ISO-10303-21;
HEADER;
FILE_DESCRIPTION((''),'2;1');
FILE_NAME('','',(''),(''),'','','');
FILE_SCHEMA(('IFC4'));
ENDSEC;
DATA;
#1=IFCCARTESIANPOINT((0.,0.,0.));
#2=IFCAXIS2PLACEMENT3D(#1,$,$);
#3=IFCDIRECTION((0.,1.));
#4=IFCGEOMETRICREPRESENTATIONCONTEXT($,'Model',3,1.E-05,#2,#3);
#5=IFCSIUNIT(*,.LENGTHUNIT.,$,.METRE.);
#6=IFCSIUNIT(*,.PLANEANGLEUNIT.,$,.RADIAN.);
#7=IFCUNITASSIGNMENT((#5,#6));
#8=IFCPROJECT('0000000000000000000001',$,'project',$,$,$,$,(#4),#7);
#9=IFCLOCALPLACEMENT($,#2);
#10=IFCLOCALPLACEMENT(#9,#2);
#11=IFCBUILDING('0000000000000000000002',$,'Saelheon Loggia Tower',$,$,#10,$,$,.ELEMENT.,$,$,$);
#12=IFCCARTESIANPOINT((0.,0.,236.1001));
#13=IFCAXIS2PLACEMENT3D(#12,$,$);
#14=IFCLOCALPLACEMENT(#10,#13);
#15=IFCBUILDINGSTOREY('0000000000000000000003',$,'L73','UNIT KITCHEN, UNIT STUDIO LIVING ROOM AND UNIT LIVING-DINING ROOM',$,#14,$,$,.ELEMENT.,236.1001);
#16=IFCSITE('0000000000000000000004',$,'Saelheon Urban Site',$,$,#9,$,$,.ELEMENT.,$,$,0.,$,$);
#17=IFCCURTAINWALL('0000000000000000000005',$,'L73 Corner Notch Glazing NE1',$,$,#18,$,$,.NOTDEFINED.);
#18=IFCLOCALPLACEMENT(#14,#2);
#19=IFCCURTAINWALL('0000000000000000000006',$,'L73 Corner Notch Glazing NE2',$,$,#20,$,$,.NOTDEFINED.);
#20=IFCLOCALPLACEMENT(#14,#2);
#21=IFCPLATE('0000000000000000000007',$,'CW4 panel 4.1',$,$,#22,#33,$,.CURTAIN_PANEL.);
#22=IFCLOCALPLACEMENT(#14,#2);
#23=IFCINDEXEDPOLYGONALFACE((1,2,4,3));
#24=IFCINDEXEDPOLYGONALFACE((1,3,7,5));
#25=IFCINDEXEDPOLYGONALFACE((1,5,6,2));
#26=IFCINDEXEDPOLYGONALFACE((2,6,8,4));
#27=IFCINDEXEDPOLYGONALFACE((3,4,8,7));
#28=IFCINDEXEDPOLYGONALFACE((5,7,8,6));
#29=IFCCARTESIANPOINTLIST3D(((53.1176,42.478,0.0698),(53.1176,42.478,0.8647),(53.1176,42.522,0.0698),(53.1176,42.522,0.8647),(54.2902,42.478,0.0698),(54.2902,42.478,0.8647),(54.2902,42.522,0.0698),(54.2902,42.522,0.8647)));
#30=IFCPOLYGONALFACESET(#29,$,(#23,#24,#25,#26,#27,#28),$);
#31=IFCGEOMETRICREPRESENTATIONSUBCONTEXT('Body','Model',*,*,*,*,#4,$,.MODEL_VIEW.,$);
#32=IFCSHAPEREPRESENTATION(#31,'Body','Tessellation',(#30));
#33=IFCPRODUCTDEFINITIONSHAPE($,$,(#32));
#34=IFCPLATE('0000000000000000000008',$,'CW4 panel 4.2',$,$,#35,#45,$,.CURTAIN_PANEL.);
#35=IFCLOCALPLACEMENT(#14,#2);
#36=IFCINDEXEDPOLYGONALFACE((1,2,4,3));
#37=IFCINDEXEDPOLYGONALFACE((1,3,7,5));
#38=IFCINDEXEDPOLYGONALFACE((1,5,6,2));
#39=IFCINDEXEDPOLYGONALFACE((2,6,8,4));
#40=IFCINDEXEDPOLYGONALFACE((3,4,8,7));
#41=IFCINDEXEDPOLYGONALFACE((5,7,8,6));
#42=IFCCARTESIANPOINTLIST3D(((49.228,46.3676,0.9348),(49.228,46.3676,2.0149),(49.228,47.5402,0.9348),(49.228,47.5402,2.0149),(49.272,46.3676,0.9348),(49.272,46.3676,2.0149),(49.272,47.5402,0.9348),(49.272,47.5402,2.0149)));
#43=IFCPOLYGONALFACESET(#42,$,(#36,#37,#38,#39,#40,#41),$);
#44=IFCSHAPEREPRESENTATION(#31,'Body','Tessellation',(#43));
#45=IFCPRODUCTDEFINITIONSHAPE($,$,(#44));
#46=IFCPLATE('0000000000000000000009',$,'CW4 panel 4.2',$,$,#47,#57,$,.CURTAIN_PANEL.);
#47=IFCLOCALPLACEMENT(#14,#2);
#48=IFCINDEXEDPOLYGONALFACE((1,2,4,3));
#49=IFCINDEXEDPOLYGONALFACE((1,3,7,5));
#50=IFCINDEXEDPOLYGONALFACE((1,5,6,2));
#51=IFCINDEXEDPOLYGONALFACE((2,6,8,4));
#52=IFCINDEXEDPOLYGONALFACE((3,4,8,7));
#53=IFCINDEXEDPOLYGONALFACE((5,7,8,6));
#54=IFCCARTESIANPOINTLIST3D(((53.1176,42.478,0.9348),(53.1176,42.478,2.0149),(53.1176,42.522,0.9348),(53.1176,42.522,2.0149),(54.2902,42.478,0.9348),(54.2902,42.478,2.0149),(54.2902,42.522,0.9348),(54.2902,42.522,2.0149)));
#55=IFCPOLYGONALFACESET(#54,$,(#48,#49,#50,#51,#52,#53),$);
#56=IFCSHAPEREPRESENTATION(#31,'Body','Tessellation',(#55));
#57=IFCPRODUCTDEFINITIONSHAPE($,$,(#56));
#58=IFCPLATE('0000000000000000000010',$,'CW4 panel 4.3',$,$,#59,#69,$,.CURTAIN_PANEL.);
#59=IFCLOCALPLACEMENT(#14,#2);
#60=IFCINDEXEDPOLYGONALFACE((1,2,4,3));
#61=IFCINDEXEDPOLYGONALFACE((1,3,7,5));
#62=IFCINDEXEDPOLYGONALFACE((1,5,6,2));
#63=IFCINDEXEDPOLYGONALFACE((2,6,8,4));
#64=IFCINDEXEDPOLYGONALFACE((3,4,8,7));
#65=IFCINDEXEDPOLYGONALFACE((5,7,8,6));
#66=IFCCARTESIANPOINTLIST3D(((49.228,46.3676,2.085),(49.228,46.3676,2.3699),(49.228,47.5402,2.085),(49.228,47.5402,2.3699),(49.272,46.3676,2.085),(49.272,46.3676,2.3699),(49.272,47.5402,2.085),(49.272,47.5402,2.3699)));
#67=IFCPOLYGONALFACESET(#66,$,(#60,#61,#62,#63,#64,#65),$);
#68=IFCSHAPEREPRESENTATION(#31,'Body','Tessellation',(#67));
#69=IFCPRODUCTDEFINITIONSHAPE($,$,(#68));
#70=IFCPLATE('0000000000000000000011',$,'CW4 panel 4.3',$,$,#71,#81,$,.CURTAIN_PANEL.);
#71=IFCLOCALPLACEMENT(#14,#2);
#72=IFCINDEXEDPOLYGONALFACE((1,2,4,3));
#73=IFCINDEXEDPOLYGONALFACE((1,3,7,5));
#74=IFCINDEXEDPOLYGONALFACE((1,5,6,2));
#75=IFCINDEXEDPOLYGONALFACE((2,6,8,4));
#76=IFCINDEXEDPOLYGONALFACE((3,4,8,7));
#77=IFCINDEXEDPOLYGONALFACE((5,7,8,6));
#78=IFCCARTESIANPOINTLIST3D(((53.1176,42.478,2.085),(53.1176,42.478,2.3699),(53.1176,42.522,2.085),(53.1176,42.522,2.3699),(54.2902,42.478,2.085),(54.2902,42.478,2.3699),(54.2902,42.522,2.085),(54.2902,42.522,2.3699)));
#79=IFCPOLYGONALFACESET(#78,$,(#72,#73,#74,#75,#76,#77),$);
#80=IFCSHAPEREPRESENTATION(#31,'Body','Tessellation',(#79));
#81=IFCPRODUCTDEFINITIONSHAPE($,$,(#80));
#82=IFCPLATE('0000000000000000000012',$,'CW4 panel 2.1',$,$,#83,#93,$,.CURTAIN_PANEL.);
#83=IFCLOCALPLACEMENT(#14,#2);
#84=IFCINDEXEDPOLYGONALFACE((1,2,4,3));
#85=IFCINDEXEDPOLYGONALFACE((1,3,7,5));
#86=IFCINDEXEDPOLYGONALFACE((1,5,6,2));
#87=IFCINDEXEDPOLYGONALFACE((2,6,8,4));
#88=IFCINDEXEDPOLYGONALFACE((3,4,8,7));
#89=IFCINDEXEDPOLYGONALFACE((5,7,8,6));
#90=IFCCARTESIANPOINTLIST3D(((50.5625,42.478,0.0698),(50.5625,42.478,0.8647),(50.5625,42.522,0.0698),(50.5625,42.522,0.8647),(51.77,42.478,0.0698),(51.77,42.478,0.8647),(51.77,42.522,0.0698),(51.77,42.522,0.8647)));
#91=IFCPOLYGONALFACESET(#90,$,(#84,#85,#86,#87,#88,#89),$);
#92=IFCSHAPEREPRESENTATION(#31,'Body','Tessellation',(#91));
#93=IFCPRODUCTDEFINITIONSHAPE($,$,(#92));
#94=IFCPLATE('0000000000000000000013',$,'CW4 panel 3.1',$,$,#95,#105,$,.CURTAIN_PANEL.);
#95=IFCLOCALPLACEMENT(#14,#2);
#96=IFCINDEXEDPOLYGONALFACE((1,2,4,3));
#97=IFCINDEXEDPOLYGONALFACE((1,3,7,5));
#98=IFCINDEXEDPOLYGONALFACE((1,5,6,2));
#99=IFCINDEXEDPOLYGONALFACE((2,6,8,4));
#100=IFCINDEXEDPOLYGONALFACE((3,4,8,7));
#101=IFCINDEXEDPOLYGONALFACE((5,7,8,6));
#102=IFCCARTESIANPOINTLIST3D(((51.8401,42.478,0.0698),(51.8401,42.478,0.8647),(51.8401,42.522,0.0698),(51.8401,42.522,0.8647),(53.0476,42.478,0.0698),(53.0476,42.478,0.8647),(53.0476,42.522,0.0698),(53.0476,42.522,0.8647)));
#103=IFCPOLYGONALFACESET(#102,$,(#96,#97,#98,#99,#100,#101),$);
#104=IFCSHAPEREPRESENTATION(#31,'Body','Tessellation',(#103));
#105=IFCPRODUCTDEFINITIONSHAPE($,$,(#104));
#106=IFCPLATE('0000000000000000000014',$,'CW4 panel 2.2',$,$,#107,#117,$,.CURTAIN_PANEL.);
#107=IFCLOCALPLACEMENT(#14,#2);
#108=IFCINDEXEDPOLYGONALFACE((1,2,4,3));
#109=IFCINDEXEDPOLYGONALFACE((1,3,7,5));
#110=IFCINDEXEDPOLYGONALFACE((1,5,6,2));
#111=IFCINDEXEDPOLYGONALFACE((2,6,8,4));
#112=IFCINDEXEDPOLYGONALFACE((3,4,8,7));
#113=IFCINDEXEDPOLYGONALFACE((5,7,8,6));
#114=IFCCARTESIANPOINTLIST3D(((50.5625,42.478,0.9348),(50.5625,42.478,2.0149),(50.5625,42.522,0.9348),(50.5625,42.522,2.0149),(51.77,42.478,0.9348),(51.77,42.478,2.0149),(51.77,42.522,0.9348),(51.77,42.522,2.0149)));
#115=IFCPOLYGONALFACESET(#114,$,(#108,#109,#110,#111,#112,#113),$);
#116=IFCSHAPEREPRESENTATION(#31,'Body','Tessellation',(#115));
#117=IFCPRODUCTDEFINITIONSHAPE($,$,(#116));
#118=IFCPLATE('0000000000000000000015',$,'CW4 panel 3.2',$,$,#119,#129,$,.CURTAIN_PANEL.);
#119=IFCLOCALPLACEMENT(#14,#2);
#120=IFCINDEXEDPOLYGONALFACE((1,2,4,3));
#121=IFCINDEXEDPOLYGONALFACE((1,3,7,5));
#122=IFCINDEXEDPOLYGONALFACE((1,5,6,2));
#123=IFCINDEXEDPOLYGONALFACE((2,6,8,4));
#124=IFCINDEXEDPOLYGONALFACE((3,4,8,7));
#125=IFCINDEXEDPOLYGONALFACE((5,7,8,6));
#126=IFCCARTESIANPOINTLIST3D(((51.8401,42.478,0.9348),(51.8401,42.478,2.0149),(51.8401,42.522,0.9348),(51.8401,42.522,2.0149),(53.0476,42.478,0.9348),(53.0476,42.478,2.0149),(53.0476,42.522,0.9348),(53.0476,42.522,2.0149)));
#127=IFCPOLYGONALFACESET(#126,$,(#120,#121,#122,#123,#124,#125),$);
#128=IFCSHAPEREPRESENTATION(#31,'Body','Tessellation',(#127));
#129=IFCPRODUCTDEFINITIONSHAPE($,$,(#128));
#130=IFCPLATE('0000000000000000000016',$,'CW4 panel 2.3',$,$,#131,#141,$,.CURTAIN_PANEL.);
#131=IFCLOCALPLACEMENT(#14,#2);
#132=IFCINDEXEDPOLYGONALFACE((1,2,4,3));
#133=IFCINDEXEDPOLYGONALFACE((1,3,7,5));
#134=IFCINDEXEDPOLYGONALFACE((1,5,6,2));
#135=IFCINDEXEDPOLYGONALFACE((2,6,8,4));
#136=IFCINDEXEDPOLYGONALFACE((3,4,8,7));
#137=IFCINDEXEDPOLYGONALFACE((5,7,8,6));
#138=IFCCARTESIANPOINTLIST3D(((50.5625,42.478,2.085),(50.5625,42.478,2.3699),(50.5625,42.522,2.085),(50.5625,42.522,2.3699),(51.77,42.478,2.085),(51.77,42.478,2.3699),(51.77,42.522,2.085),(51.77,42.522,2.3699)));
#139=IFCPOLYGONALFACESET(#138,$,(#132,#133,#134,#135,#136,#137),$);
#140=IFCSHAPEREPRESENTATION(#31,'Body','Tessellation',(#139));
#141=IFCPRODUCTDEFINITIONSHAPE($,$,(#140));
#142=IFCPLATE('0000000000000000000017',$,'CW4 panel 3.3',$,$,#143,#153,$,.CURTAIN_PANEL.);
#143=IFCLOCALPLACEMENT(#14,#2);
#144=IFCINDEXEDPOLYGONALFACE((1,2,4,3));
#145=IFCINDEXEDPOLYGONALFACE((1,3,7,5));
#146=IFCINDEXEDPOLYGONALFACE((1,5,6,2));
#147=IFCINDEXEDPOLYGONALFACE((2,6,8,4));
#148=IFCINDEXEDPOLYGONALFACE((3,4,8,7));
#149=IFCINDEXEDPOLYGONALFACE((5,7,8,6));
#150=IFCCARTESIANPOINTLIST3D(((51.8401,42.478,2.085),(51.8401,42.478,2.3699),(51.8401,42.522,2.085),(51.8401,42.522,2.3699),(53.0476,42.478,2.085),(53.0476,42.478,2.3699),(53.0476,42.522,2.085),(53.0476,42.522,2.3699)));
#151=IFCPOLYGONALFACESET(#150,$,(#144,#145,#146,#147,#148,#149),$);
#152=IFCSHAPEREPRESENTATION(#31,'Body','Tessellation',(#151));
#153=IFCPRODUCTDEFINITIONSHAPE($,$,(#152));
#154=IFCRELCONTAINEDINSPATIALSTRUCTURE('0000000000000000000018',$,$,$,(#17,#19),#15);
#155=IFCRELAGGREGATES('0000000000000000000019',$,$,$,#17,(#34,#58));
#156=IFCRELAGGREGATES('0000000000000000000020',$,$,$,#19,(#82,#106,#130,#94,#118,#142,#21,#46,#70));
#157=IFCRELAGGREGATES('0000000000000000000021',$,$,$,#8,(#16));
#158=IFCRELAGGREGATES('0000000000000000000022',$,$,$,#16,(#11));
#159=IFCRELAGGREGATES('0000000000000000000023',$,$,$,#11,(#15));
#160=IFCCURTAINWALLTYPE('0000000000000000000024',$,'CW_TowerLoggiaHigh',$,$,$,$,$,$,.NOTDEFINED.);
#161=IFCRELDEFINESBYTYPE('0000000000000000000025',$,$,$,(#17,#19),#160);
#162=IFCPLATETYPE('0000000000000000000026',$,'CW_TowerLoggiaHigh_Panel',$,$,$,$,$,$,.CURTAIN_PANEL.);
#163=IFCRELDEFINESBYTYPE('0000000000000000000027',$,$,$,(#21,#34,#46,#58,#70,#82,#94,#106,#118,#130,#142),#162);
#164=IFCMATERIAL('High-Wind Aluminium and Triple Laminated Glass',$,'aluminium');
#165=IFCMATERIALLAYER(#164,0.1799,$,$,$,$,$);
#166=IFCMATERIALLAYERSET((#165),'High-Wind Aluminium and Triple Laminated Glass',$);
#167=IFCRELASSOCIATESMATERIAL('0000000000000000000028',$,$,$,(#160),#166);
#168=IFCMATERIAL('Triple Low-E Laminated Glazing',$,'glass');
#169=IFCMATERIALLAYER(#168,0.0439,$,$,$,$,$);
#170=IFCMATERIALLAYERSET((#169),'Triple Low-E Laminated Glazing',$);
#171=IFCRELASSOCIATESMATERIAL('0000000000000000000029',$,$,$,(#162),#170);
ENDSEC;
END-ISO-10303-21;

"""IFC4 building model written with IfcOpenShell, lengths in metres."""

from ifc_helpers import new_model, si_unit, direction, frame, origin, origin_2d, place, context, subcontext, project, spatial, rectangle, extrude, source, transform, mapped, material, layer, layer_set, type_object, element, aggregate, save


model = new_model("IFC4")

# Units and contexts
model_context = context("Model", 3, precision=1e-05, world=origin(), true_north=direction((0.0, 1.0)))
body_context = subcontext(model_context, "Body", "Model", "MODEL_VIEW")
ifc_project = project(units=[si_unit("LENGTHUNIT", "METRE"), si_unit("PLANEANGLEUNIT", "RADIAN")], contexts=[model_context])

# Site, building, storey
site_placement = place(None, origin())
site = spatial("IfcSite", under=ifc_project, at=site_placement, Name="Saelheon Urban Site", CompositionType="ELEMENT", RefElevation=0.0)
building_placement = place(site_placement, origin())
building = spatial("IfcBuilding", under=site, at=building_placement, Name="Saelheon Loggia Tower", CompositionType="ELEMENT")
storey_placement = place(building_placement, frame((0.0, 0.0, 236.1001)))
storey = spatial("IfcBuildingStorey", under=building, at=storey_placement, Name="L73", Description="UNIT KITCHEN, UNIT STUDIO LIVING ROOM AND UNIT LIVING-DINING ROOM", CompositionType="ELEMENT", Elevation=236.1001)

# Curtain wall
ifc_material_1 = material(Name="High-Wind Aluminium and Triple Laminated Glass", Category="aluminium")
ifc_layer_1 = layer(ifc_material_1, 0.1799)
ifc_layer_set_1 = layer_set([ifc_layer_1], Name="High-Wind Aluminium and Triple Laminated Glass")
curtain_wall_type = type_object("IfcCurtainWallType", Name="CW_TowerLoggiaHigh", PredefinedType="NOTDEFINED", material=ifc_layer_set_1)
curtain_wall_1_placement = place(storey_placement, origin())
curtain_wall_1 = element("IfcCurtainWall", 1, at=curtain_wall_1_placement, inside=storey, type_object=curtain_wall_type, Name="L73 Corner Notch Glazing NE1", PredefinedType="NOTDEFINED")

# Curtain wall
curtain_wall_2_placement = place(storey_placement, origin())
curtain_wall_2 = element("IfcCurtainWall", 2, at=curtain_wall_2_placement, inside=storey, type_object=curtain_wall_type, Name="L73 Corner Notch Glazing NE2", PredefinedType="NOTDEFINED")

# Plates
ifc_material_2 = material(Name="Triple Low-E Laminated Glazing", Category="glass")
ifc_layer_2 = layer(ifc_material_2, 0.0439)
ifc_layer_set_2 = layer_set([ifc_layer_2], Name="Triple Low-E Laminated Glazing")
plate_type = type_object("IfcPlateType", Name="CW_TowerLoggiaHigh_Panel", PredefinedType="CURTAIN_PANEL", material=ifc_layer_set_2)
shared_shape_1 = source(origin(), body_context, "Body", "SweptSolid", [
    extrude(rectangle(XDim=1.1726, YDim=0.0439, at=origin_2d()), origin(), (0.0, 0.0, 1.0), 0.7949),
])
plate_1_placement = place(storey_placement, frame((53.7039, 42.5, 0.0698), z_axis=(0.0, 0.0, 1.0), x_axis=(1.0, 0.0, 0.0)))
plate_1 = element("IfcPlate", 3, at=plate_1_placement, type_object=plate_type, Name="CW4 panel 4.1", PredefinedType="CURTAIN_PANEL", context=body_context, shape_type="MappedRepresentation", body=[
    mapped(shared_shape_1, transform((0.0, 0.0, 0.0), scale=1.0)),
])
shared_shape_2 = source(origin(), body_context, "Body", "SweptSolid", [
    extrude(rectangle(XDim=1.1726, YDim=0.0439, at=origin_2d()), origin(), (0.0, 0.0, 1.0), 1.0801),
])
plate_2_placement = place(storey_placement, frame((49.25, 46.9539, 0.9348), z_axis=(0.0, 0.0, 1.0), x_axis=(0.0, 1.0, 0.0)))
plate_2 = element("IfcPlate", 4, at=plate_2_placement, type_object=plate_type, Name="CW4 panel 4.2", PredefinedType="CURTAIN_PANEL", context=body_context, shape_type="MappedRepresentation", body=[
    mapped(shared_shape_2, transform((0.0, 0.0, 0.0), scale=1.0)),
])
plate_3_placement = place(storey_placement, frame((53.7039, 42.5, 0.9348), z_axis=(0.0, 0.0, 1.0), x_axis=(1.0, 0.0, 0.0)))
plate_3 = element("IfcPlate", 5, at=plate_3_placement, type_object=plate_type, Name="CW4 panel 4.2", PredefinedType="CURTAIN_PANEL", context=body_context, shape_type="MappedRepresentation", body=[
    mapped(shared_shape_2, transform((0.0, 0.0, 0.0), scale=1.0)),
])
shared_shape_3 = source(origin(), body_context, "Body", "SweptSolid", [
    extrude(rectangle(XDim=1.1726, YDim=0.0439, at=origin_2d()), origin(), (0.0, 0.0, 1.0), 0.2849),
])
plate_4_placement = place(storey_placement, frame((49.25, 46.9539, 2.085), z_axis=(0.0, 0.0, 1.0), x_axis=(0.0, 1.0, 0.0)))
plate_4 = element("IfcPlate", 6, at=plate_4_placement, type_object=plate_type, Name="CW4 panel 4.3", PredefinedType="CURTAIN_PANEL", context=body_context, shape_type="MappedRepresentation", body=[
    mapped(shared_shape_3, transform((0.0, 0.0, 0.0), scale=1.0)),
])
aggregate(curtain_wall_1, [plate_2, plate_4])
plate_5_placement = place(storey_placement, frame((53.7039, 42.5, 2.085), z_axis=(0.0, 0.0, 1.0), x_axis=(1.0, 0.0, 0.0)))
plate_5 = element("IfcPlate", 7, at=plate_5_placement, type_object=plate_type, Name="CW4 panel 4.3", PredefinedType="CURTAIN_PANEL", context=body_context, shape_type="MappedRepresentation", body=[
    mapped(shared_shape_3, transform((0.0, 0.0, 0.0), scale=1.0)),
])
shared_shape_4 = source(origin(), body_context, "Body", "SweptSolid", [
    extrude(rectangle(XDim=1.2075, YDim=0.0439, at=origin_2d()), origin(), (0.0, 0.0, 1.0), 0.7949),
])
plate_6_placement = place(storey_placement, frame((51.1663, 42.5, 0.0698), z_axis=(0.0, 0.0, 1.0), x_axis=(1.0, 0.0, 0.0)))
plate_6 = element("IfcPlate", 8, at=plate_6_placement, type_object=plate_type, Name="CW4 panel 2.1", PredefinedType="CURTAIN_PANEL", context=body_context, shape_type="MappedRepresentation", body=[
    mapped(shared_shape_4, transform((0.0, 0.0, 0.0), scale=1.0)),
])
plate_7_placement = place(storey_placement, frame((52.4438, 42.5, 0.0698), z_axis=(0.0, 0.0, 1.0), x_axis=(1.0, 0.0, 0.0)))
plate_7 = element("IfcPlate", 9, at=plate_7_placement, type_object=plate_type, Name="CW4 panel 3.1", PredefinedType="CURTAIN_PANEL", context=body_context, shape_type="MappedRepresentation", body=[
    mapped(shared_shape_4, transform((0.0, 0.0, 0.0), scale=1.0)),
])
shared_shape_5 = source(origin(), body_context, "Body", "SweptSolid", [
    extrude(rectangle(XDim=1.2075, YDim=0.0439, at=origin_2d()), origin(), (0.0, 0.0, 1.0), 1.0801),
])
plate_8_placement = place(storey_placement, frame((51.1663, 42.5, 0.9348), z_axis=(0.0, 0.0, 1.0), x_axis=(1.0, 0.0, 0.0)))
plate_8 = element("IfcPlate", 10, at=plate_8_placement, type_object=plate_type, Name="CW4 panel 2.2", PredefinedType="CURTAIN_PANEL", context=body_context, shape_type="MappedRepresentation", body=[
    mapped(shared_shape_5, transform((0.0, 0.0, 0.0), scale=1.0)),
])
plate_9_placement = place(storey_placement, frame((52.4438, 42.5, 0.9348), z_axis=(0.0, 0.0, 1.0), x_axis=(1.0, 0.0, 0.0)))
plate_9 = element("IfcPlate", 11, at=plate_9_placement, type_object=plate_type, Name="CW4 panel 3.2", PredefinedType="CURTAIN_PANEL", context=body_context, shape_type="MappedRepresentation", body=[
    mapped(shared_shape_5, transform((0.0, 0.0, 0.0), scale=1.0)),
])
shared_shape_6 = source(origin(), body_context, "Body", "SweptSolid", [
    extrude(rectangle(XDim=1.2075, YDim=0.0439, at=origin_2d()), origin(), (0.0, 0.0, 1.0), 0.2849),
])
plate_10_placement = place(storey_placement, frame((51.1663, 42.5, 2.085), z_axis=(0.0, 0.0, 1.0), x_axis=(1.0, 0.0, 0.0)))
plate_10 = element("IfcPlate", 12, at=plate_10_placement, type_object=plate_type, Name="CW4 panel 2.3", PredefinedType="CURTAIN_PANEL", context=body_context, shape_type="MappedRepresentation", body=[
    mapped(shared_shape_6, transform((0.0, 0.0, 0.0), scale=1.0)),
])
plate_11_placement = place(storey_placement, frame((52.4438, 42.5, 2.085), z_axis=(0.0, 0.0, 1.0), x_axis=(1.0, 0.0, 0.0)))
plate_11 = element("IfcPlate", 13, at=plate_11_placement, type_object=plate_type, Name="CW4 panel 3.3", PredefinedType="CURTAIN_PANEL", context=body_context, shape_type="MappedRepresentation", body=[
    mapped(shared_shape_6, transform((0.0, 0.0, 0.0), scale=1.0)),
])
aggregate(curtain_wall_2, [plate_6, plate_8, plate_10, plate_7, plate_9, plate_11, plate_1, plate_3, plate_5])

save(model, "model.ifc")
